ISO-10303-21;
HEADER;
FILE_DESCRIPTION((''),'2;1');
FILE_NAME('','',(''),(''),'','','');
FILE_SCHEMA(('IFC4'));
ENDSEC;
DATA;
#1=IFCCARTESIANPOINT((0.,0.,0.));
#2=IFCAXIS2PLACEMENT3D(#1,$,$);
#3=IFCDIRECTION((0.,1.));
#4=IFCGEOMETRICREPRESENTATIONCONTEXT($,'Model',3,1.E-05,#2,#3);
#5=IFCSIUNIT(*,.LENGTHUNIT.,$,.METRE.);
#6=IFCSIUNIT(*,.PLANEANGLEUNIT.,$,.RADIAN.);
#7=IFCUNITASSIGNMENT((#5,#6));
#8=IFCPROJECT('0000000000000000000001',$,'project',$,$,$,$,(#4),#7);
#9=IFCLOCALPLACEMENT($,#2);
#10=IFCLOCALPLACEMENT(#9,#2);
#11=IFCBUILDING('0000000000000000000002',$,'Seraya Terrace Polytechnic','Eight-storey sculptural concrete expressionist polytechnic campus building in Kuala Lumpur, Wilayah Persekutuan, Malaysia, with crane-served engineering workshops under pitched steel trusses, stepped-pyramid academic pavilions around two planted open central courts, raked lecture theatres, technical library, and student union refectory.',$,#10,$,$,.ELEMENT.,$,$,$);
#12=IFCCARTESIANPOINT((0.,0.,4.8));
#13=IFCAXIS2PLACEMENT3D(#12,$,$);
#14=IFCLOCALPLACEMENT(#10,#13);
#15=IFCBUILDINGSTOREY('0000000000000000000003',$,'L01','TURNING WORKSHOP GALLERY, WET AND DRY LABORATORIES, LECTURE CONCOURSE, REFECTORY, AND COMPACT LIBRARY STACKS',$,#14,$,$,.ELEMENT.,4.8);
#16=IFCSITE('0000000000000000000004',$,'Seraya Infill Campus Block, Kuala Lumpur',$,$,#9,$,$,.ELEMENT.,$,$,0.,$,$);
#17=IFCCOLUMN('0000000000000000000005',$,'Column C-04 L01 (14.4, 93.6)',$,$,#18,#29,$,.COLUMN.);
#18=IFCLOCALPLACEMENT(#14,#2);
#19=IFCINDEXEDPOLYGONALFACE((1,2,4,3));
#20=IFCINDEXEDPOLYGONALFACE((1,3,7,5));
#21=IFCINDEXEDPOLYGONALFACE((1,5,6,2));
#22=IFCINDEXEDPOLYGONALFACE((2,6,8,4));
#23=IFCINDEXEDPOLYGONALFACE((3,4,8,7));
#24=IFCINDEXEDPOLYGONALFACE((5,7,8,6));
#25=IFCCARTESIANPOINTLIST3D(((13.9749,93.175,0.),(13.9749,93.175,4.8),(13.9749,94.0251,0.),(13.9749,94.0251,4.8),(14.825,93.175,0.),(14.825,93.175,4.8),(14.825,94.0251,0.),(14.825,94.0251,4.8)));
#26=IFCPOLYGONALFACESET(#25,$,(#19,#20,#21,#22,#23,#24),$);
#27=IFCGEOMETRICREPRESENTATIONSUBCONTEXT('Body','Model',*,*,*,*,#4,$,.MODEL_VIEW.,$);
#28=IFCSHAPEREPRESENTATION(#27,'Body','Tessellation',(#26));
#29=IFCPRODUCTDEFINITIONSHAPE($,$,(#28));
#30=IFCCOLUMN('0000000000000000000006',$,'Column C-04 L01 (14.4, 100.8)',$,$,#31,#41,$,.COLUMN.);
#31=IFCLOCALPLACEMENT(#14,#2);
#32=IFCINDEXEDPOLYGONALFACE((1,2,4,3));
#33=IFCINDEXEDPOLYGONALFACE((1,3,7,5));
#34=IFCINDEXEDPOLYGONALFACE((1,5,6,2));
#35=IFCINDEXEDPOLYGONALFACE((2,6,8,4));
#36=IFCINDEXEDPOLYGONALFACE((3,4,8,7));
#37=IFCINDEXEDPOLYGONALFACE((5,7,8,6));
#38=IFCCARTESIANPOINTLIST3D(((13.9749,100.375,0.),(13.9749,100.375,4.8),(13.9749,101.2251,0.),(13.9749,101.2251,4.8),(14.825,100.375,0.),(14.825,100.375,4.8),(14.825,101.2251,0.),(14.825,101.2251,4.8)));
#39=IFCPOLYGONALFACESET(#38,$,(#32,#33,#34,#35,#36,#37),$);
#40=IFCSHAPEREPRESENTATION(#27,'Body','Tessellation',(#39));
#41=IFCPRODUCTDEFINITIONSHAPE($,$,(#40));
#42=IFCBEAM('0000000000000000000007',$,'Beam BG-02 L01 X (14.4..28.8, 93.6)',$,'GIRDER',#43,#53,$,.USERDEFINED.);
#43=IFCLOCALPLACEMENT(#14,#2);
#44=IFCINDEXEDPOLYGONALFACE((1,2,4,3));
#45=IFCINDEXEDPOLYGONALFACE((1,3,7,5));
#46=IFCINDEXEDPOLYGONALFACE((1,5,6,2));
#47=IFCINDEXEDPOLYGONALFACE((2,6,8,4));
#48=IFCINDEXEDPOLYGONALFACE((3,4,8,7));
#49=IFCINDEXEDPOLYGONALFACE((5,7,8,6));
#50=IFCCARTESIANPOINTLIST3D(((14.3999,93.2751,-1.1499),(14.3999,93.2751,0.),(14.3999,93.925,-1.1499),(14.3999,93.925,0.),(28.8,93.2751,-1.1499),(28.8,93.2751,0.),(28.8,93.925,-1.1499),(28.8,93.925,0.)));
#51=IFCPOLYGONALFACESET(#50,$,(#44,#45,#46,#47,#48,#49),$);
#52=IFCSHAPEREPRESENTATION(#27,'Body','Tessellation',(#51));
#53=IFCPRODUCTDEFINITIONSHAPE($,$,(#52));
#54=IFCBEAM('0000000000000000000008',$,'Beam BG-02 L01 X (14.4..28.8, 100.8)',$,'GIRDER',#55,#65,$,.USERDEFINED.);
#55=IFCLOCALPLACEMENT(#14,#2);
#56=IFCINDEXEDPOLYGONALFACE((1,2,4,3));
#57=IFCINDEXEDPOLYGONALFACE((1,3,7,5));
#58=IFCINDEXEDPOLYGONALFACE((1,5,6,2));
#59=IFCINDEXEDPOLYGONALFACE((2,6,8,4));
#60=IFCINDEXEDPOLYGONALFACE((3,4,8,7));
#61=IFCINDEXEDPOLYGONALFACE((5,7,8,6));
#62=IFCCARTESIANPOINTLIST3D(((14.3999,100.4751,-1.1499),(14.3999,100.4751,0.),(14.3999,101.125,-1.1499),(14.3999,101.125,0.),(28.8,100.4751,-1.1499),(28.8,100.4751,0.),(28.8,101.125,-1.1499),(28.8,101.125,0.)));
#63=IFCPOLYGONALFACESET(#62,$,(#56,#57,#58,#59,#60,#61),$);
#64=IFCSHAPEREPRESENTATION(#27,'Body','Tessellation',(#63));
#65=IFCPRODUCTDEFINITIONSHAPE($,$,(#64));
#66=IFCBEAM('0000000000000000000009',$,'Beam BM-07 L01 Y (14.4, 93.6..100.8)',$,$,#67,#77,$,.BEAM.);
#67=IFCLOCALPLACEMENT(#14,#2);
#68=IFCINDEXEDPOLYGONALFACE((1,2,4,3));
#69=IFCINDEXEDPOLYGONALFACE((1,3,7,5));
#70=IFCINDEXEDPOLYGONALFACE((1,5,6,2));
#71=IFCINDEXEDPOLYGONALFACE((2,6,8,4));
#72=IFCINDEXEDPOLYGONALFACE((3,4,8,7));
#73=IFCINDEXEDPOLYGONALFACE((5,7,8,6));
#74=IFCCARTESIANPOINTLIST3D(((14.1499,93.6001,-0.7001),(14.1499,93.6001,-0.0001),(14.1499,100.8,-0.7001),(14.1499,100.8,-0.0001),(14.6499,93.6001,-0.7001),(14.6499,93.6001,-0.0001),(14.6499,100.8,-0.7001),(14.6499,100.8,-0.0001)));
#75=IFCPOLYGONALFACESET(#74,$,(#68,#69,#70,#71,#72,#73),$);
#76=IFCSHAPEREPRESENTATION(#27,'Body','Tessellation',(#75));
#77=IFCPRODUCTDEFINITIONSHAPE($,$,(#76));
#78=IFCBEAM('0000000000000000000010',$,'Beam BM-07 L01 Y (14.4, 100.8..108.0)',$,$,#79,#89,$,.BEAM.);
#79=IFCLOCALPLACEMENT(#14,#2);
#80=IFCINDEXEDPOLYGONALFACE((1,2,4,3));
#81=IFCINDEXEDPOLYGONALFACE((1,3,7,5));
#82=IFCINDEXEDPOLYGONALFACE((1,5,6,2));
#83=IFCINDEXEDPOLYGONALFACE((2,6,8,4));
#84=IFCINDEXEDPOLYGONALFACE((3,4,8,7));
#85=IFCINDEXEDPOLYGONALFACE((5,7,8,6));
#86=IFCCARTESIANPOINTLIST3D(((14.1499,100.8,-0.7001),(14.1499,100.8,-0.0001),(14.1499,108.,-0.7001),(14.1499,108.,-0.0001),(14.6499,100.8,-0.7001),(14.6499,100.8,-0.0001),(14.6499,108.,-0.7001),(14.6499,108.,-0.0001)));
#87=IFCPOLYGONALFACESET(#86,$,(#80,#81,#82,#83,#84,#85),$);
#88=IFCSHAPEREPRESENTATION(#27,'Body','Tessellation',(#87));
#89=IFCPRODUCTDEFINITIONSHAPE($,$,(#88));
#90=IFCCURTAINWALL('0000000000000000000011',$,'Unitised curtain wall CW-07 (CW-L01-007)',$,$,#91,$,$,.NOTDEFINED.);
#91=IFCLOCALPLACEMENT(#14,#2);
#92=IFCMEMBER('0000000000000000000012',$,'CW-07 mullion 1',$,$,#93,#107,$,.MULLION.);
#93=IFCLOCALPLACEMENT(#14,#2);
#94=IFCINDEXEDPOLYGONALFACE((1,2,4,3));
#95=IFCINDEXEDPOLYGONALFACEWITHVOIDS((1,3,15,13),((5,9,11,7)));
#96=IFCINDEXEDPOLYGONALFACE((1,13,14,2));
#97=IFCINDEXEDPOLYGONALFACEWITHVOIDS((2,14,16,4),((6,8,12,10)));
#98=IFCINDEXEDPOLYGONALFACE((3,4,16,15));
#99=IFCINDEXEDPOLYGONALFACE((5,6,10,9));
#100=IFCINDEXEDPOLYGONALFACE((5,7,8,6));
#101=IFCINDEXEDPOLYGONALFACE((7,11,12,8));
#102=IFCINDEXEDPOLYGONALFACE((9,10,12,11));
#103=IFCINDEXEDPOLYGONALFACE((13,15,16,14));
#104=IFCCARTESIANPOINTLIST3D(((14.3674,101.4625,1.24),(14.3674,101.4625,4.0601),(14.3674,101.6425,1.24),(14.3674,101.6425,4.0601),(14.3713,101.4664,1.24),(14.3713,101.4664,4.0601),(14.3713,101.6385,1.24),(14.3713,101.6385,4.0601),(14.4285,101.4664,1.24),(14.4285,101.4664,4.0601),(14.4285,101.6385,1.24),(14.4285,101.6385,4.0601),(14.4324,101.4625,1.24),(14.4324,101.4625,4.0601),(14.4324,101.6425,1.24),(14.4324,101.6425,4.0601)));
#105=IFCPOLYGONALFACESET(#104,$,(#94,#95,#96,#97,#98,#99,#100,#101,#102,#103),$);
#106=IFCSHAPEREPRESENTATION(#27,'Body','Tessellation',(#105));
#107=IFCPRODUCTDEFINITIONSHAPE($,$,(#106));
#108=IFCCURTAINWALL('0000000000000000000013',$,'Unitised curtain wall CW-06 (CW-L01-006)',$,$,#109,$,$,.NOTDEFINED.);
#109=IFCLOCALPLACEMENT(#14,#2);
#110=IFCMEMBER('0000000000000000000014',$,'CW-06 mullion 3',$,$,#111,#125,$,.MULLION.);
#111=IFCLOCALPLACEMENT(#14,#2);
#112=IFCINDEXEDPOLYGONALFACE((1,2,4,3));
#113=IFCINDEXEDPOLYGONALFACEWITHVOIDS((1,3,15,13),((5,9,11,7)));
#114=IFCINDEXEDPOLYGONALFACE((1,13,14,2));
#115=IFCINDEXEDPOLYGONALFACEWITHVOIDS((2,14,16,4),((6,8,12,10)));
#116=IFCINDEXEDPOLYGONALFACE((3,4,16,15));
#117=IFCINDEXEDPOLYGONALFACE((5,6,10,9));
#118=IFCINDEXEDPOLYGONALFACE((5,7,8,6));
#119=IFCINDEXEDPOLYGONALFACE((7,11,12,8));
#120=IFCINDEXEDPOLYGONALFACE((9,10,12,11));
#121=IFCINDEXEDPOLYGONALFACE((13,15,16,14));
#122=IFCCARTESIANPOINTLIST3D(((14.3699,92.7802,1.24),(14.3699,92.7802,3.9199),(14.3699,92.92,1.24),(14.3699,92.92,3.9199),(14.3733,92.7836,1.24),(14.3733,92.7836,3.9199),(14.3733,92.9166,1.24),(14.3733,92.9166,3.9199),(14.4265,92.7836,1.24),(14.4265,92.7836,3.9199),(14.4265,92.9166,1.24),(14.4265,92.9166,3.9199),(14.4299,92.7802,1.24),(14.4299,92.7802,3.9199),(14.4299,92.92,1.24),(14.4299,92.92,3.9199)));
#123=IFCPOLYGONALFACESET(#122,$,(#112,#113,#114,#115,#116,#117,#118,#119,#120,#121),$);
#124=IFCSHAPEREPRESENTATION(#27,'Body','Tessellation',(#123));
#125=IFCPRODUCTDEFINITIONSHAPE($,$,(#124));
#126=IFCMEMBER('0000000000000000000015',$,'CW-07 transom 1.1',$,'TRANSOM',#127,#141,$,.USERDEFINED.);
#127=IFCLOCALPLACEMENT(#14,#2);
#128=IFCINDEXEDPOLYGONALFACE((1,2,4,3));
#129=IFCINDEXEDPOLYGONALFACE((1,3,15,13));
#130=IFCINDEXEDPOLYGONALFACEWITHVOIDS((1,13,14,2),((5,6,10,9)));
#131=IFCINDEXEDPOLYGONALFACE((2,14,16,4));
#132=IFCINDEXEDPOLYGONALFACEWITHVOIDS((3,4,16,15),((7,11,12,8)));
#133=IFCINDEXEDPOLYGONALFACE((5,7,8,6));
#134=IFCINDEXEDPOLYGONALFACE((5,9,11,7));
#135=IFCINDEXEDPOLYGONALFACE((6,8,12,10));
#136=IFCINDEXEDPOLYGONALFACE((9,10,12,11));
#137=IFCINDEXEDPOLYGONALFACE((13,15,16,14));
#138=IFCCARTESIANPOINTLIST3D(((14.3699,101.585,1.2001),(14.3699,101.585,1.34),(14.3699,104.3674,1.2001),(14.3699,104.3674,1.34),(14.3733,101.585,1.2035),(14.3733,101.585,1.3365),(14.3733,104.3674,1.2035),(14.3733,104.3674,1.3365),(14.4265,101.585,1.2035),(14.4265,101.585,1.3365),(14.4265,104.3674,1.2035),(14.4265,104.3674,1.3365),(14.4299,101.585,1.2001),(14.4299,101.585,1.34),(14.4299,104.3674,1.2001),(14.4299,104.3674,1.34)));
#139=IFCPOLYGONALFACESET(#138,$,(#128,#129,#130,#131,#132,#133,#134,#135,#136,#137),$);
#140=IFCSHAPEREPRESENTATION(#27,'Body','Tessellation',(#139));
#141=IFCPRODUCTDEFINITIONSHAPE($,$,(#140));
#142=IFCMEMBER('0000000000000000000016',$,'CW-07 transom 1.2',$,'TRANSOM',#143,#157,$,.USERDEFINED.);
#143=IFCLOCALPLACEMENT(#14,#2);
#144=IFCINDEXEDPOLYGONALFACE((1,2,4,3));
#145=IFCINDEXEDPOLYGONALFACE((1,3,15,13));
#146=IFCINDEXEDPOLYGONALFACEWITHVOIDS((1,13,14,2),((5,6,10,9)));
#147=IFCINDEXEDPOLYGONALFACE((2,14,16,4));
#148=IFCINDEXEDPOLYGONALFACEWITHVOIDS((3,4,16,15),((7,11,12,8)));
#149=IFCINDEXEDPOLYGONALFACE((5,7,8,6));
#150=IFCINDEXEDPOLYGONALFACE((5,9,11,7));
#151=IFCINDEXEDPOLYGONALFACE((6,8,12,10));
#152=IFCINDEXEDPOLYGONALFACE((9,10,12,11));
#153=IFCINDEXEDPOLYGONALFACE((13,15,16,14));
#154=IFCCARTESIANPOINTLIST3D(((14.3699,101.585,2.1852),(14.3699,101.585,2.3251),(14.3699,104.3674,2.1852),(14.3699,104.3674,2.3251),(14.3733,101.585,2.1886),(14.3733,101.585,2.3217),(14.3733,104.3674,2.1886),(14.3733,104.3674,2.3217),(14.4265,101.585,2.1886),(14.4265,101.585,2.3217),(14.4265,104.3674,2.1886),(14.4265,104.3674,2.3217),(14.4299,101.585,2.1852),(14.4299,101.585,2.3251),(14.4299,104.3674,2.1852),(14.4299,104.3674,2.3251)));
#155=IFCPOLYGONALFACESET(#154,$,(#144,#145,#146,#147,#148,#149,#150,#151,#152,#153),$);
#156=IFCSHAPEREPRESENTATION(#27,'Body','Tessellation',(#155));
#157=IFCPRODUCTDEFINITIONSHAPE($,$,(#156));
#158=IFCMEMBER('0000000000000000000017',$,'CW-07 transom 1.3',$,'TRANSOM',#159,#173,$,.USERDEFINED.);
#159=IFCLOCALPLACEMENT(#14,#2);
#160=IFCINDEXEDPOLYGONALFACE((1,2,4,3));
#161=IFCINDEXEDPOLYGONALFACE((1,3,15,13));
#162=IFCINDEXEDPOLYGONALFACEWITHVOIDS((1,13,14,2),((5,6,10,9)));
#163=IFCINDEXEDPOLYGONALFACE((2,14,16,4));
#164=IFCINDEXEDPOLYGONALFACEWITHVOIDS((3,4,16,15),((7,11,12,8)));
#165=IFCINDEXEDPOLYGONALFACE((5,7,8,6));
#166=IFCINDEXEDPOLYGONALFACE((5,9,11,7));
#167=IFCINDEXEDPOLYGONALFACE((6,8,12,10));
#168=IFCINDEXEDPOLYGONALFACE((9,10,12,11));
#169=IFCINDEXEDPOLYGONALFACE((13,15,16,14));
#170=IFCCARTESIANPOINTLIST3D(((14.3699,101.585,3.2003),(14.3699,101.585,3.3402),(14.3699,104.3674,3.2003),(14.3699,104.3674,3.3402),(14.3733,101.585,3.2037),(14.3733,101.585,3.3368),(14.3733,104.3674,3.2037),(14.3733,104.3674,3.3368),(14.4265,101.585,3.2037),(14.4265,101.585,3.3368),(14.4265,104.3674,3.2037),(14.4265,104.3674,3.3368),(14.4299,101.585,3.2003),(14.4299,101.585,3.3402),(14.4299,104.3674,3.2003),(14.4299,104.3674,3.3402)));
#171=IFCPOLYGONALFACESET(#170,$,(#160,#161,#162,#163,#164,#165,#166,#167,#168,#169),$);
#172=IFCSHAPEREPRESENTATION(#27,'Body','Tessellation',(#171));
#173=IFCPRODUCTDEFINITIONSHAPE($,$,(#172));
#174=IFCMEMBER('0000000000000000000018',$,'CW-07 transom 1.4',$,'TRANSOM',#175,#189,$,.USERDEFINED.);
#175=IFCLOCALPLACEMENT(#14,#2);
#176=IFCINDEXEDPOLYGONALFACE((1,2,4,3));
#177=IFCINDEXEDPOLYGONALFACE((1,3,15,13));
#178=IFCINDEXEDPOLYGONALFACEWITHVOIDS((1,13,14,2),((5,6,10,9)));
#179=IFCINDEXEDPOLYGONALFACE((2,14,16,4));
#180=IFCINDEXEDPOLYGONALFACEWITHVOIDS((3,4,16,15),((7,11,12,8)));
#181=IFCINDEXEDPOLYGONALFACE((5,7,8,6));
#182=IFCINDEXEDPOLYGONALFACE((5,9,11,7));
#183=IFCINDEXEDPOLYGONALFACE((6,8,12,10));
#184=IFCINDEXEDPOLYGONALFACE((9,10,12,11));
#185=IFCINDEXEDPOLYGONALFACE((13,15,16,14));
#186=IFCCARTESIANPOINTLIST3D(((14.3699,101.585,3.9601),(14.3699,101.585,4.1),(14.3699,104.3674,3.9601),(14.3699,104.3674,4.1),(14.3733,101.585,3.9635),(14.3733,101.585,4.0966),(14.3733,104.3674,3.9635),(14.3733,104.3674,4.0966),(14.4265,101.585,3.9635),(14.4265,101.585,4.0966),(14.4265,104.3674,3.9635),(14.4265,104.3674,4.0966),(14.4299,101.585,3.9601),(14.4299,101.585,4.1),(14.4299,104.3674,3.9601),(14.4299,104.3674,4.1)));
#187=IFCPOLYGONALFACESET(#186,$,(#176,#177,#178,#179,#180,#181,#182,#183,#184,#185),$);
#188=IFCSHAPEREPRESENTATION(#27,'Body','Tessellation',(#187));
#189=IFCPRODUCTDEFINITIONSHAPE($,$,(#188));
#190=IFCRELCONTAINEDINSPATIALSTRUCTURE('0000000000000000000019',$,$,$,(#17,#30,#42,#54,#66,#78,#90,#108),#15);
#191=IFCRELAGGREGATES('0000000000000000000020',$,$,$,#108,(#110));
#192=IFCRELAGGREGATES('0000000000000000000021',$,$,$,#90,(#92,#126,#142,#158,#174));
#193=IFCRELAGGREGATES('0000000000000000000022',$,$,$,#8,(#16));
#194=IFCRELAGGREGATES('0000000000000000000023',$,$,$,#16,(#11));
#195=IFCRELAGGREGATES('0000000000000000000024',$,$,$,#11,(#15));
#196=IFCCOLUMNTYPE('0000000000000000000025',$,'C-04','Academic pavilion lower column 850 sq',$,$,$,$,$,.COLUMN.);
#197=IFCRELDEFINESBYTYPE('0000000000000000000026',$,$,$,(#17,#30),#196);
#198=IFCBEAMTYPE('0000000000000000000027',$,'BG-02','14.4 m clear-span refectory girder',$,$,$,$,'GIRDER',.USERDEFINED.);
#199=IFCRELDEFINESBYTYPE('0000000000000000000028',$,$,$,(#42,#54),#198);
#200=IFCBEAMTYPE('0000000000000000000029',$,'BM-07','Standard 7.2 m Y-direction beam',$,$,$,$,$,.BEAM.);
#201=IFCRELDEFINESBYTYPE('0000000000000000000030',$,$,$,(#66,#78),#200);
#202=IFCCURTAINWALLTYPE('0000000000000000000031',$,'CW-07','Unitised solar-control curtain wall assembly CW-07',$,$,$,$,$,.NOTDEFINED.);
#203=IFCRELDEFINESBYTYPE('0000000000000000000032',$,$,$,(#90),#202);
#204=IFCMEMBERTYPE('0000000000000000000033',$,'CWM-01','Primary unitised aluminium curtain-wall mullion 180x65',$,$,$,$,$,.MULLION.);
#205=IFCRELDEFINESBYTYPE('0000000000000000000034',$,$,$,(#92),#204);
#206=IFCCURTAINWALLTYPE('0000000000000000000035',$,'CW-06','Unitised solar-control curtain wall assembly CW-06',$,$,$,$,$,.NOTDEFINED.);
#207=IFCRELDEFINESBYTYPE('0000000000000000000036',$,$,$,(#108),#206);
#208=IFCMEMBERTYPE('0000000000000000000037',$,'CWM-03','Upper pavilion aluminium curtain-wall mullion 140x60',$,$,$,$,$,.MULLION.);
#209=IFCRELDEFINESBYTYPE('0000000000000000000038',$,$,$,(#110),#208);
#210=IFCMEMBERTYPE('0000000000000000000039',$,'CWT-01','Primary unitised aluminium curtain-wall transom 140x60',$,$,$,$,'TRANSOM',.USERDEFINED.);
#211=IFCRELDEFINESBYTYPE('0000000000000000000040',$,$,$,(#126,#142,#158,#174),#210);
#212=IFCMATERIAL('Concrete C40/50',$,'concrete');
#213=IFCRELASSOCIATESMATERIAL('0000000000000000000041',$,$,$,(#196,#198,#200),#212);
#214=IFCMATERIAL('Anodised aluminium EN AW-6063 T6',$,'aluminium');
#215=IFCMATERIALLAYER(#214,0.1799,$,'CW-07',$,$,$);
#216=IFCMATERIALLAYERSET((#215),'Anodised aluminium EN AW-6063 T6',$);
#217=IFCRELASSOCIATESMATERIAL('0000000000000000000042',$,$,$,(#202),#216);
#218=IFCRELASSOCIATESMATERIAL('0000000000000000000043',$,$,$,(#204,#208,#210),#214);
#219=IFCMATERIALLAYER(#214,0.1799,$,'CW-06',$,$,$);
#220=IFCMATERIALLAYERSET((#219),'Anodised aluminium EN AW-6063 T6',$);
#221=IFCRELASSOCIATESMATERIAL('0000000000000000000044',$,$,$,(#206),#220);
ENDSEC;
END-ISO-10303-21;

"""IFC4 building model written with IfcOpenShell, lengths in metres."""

from ifc_helpers import new_model, si_unit, direction, frame, origin, origin_2d, place, context, subcontext, project, spatial, rectangle, hollow_rectangle, extrude, material, layer, layer_set, material_profile, profile_set, type_object, element, aggregate, save


model = new_model("IFC4")

# Units and contexts
model_context = context("Model", 3, precision=1e-05, world=origin(), true_north=direction((0.0, 1.0)))
body_context = subcontext(model_context, "Body", "Model", "MODEL_VIEW")
ifc_project = project(units=[si_unit("LENGTHUNIT", "METRE"), si_unit("PLANEANGLEUNIT", "RADIAN")], contexts=[model_context])

# Site, building, storey
site_placement = place(None, origin())
site = spatial("IfcSite", under=ifc_project, at=site_placement, Name="Seraya Infill Campus Block, Kuala Lumpur", CompositionType="ELEMENT", RefElevation=0.0)
building_placement = place(site_placement, origin())
building = spatial("IfcBuilding", under=site, at=building_placement, Name="Seraya Terrace Polytechnic", Description="Eight-storey sculptural concrete expressionist polytechnic campus building in Kuala Lumpur, Wilayah Persekutuan, Malaysia, with crane-served engineering workshops under pitched steel trusses, stepped-pyramid academic pavilions around two planted open central courts, raked lecture theatres, technical library, and student union refectory.", CompositionType="ELEMENT")
storey_placement = place(building_placement, frame((0.0, 0.0, 4.8)))
storey = spatial("IfcBuildingStorey", under=building, at=storey_placement, Name="L01", Description="TURNING WORKSHOP GALLERY, WET AND DRY LABORATORIES, LECTURE CONCOURSE, REFECTORY, AND COMPACT LIBRARY STACKS", CompositionType="ELEMENT", Elevation=4.8)

# Columns
ifc_material_1 = material(Name="Concrete C40/50", Category="concrete")
ifc_material_profile_1 = material_profile(ifc_material_1, rectangle(XDim=0.8501, YDim=0.8501, at=origin_2d()), Name="RC 850x850")
ifc_profile_set_1 = profile_set([ifc_material_profile_1], Name="Concrete C40/50")
column_type = type_object("IfcColumnType", Name="C-04", Description="Academic pavilion lower column 850 sq", PredefinedType="COLUMN", material=ifc_profile_set_1)
for number, where, z_axis, x_axis, name in (
    (1, (14.3999, 93.6001, 0.0), (0.0, 0.0, 1.0), (1.0, 0.0, 0.0), "Column C-04 L01 (14.4, 93.6)"),
    (2, (14.3999, 100.8, 0.0), (0.0, 0.0, 1.0), (1.0, 0.0, 0.0), "Column C-04 L01 (14.4, 100.8)"),
):
    element("IfcColumn", number, at=place(storey_placement, frame(where, z_axis=z_axis, x_axis=x_axis)), inside=storey, type_object=column_type, Name=name, PredefinedType="COLUMN", context=body_context, shape_type="SweptSolid", body=[
        extrude(rectangle(XDim=0.8501, YDim=0.8501, at=origin_2d()), origin(), (0.0, 0.0, 1.0), 4.8),
    ])

# Beams
ifc_material_profile_2 = material_profile(ifc_material_1, rectangle(XDim=0.6499, YDim=1.1499, at=origin_2d()), Name="RC 650x1150")
ifc_profile_set_2 = profile_set([ifc_material_profile_2], Name="Concrete C40/50")
beam_type_1 = type_object("IfcBeamType", Name="BG-02", Description="14.4 m clear-span refectory girder", ElementType="GIRDER", PredefinedType="USERDEFINED", material=ifc_profile_set_2)
for number, where, z_axis, x_axis, name in (
    (3, (14.3999, 93.6001, -0.575), (1.0, 0.0, 0.0), (0.0, 1.0, 0.0), "Beam BG-02 L01 X (14.4..28.8, 93.6)"),
    (4, (14.3999, 100.8, -0.575), (1.0, 0.0, 0.0), (0.0, 1.0, 0.0), "Beam BG-02 L01 X (14.4..28.8, 100.8)"),
):
    element("IfcBeam", number, at=place(storey_placement, frame(where, z_axis=z_axis, x_axis=x_axis)), inside=storey, type_object=beam_type_1, Name=name, ObjectType="GIRDER", PredefinedType="USERDEFINED", context=body_context, shape_type="SweptSolid", body=[
        extrude(rectangle(XDim=0.6499, YDim=1.1499, at=origin_2d()), origin(), (0.0, 0.0, 1.0), 14.4001),
    ])
ifc_material_profile_3 = material_profile(ifc_material_1, rectangle(XDim=0.5, YDim=0.7, at=origin_2d()), Name="RC 500x700")
ifc_profile_set_3 = profile_set([ifc_material_profile_3], Name="Concrete C40/50")
beam_type_2 = type_object("IfcBeamType", Name="BM-07", Description="Standard 7.2 m Y-direction beam", PredefinedType="BEAM", material=ifc_profile_set_3)
for number, where, z_axis, x_axis, name in (
    (5, (14.3999, 93.6001, -0.3501), (0.0, 1.0, 0.0), (-1.0, 0.0, 0.0), "Beam BM-07 L01 Y (14.4, 93.6..100.8)"),
    (6, (14.3999, 100.8, -0.3501), (0.0, 1.0, 0.0), (-1.0, 0.0, 0.0), "Beam BM-07 L01 Y (14.4, 100.8..108.0)"),
):
    element("IfcBeam", number, at=place(storey_placement, frame(where, z_axis=z_axis, x_axis=x_axis)), inside=storey, type_object=beam_type_2, Name=name, PredefinedType="BEAM", context=body_context, shape_type="SweptSolid", body=[
        extrude(rectangle(XDim=0.5, YDim=0.7, at=origin_2d()), origin(), (0.0, 0.0, 1.0), 7.2),
    ])

# Curtain walls, members
ifc_material_2 = material(Name="Anodised aluminium EN AW-6063 T6", Category="aluminium")
ifc_layer_1 = layer(ifc_material_2, 0.1799, Name="CW-07")
ifc_layer_set_1 = layer_set([ifc_layer_1], Name="Anodised aluminium EN AW-6063 T6")
curtain_wall_type_1 = type_object("IfcCurtainWallType", Name="CW-07", Description="Unitised solar-control curtain wall assembly CW-07", PredefinedType="NOTDEFINED", material=ifc_layer_set_1)
curtain_wall_1_placement = place(storey_placement, origin())
curtain_wall_1 = element("IfcCurtainWall", 7, at=curtain_wall_1_placement, inside=storey, type_object=curtain_wall_type_1, Name="Unitised curtain wall CW-07 (CW-L01-007)", PredefinedType="NOTDEFINED")
ifc_material_profile_4 = material_profile(ifc_material_2, hollow_rectangle(XDim=0.0649, YDim=0.1799, WallThickness=0.0039, at=origin_2d()), Name="RHS 180x65x4.0")
ifc_profile_set_4 = profile_set([ifc_material_profile_4], Name="Anodised aluminium EN AW-6063 T6")
member_type_1 = type_object("IfcMemberType", Name="CWM-01", Description="Primary unitised aluminium curtain-wall mullion 180x65", PredefinedType="MULLION", material=ifc_profile_set_4)
member_1_placement = place(storey_placement, frame((14.3999, 101.5525, 1.24), z_axis=(0.0, 0.0, 1.0), x_axis=(-1.0, 0.0, 0.0)))
member_1 = element("IfcMember", 8, at=member_1_placement, type_object=member_type_1, Name="CW-07 mullion 1", PredefinedType="MULLION", context=body_context, shape_type="SweptSolid", body=[
    extrude(hollow_rectangle(XDim=0.0649, YDim=0.1799, WallThickness=0.0039, at=origin_2d()), origin(), (0.0, 0.0, 1.0), 2.8201),
])
ifc_layer_2 = layer(ifc_material_2, 0.1799, Name="CW-06")
ifc_layer_set_2 = layer_set([ifc_layer_2], Name="Anodised aluminium EN AW-6063 T6")
curtain_wall_type_2 = type_object("IfcCurtainWallType", Name="CW-06", Description="Unitised solar-control curtain wall assembly CW-06", PredefinedType="NOTDEFINED", material=ifc_layer_set_2)
curtain_wall_2_placement = place(storey_placement, origin())
curtain_wall_2 = element("IfcCurtainWall", 9, at=curtain_wall_2_placement, inside=storey, type_object=curtain_wall_type_2, Name="Unitised curtain wall CW-06 (CW-L01-006)", PredefinedType="NOTDEFINED")
ifc_material_profile_5 = material_profile(ifc_material_2, hollow_rectangle(XDim=0.0601, YDim=0.1399, WallThickness=0.0034, at=origin_2d()), Name="RHS 140x60x3.5")
ifc_profile_set_5 = profile_set([ifc_material_profile_5], Name="Anodised aluminium EN AW-6063 T6")
member_type_2 = type_object("IfcMemberType", Name="CWM-03", Description="Upper pavilion aluminium curtain-wall mullion 140x60", PredefinedType="MULLION", material=ifc_profile_set_5)
member_2_placement = place(storey_placement, frame((14.3999, 92.8501, 1.24), z_axis=(0.0, 0.0, 1.0), x_axis=(-1.0, 0.0, 0.0)))
member_2 = element("IfcMember", 10, at=member_2_placement, type_object=member_type_2, Name="CW-06 mullion 3", PredefinedType="MULLION", context=body_context, shape_type="SweptSolid", body=[
    extrude(hollow_rectangle(XDim=0.0601, YDim=0.1399, WallThickness=0.0034, at=origin_2d()), origin(), (0.0, 0.0, 1.0), 2.6799),
])
aggregate(curtain_wall_2, [member_2])

# Members
ifc_material_profile_6 = material_profile(ifc_material_2, hollow_rectangle(XDim=0.0601, YDim=0.1399, WallThickness=0.0034, at=origin_2d()), Name="RHS 140x60x3.5")
ifc_profile_set_6 = profile_set([ifc_material_profile_6], Name="Anodised aluminium EN AW-6063 T6")
member_type_3 = type_object("IfcMemberType", Name="CWT-01", Description="Primary unitised aluminium curtain-wall transom 140x60", ElementType="TRANSOM", PredefinedType="USERDEFINED", material=ifc_profile_set_6)
member_3_placement = place(storey_placement, frame((14.3999, 101.585, 1.27), z_axis=(0.0, 1.0, 0.0), x_axis=(-1.0, 0.0, 0.0)))
member_3 = element("IfcMember", 11, at=member_3_placement, type_object=member_type_3, Name="CW-07 transom 1.1", ObjectType="TRANSOM", PredefinedType="USERDEFINED", context=body_context, shape_type="SweptSolid", body=[
    extrude(hollow_rectangle(XDim=0.0601, YDim=0.1399, WallThickness=0.0034, at=origin_2d()), origin(), (0.0, 0.0, 1.0), 2.7825),
])
member_4_placement = place(storey_placement, frame((14.3999, 101.585, 2.2551), z_axis=(0.0, 1.0, 0.0), x_axis=(-1.0, 0.0, 0.0)))
member_4 = element("IfcMember", 12, at=member_4_placement, type_object=member_type_3, Name="CW-07 transom 1.2", ObjectType="TRANSOM", PredefinedType="USERDEFINED", context=body_context, shape_type="SweptSolid", body=[
    extrude(hollow_rectangle(XDim=0.0601, YDim=0.1399, WallThickness=0.0034, at=origin_2d()), origin(), (0.0, 0.0, 1.0), 2.7825),
])
member_5_placement = place(storey_placement, frame((14.3999, 101.585, 3.2703), z_axis=(0.0, 1.0, 0.0), x_axis=(-1.0, 0.0, 0.0)))
member_5 = element("IfcMember", 13, at=member_5_placement, type_object=member_type_3, Name="CW-07 transom 1.3", ObjectType="TRANSOM", PredefinedType="USERDEFINED", context=body_context, shape_type="SweptSolid", body=[
    extrude(hollow_rectangle(XDim=0.0601, YDim=0.1399, WallThickness=0.0034, at=origin_2d()), origin(), (0.0, 0.0, 1.0), 2.7825),
])
member_6_placement = place(storey_placement, frame((14.3999, 101.585, 4.03), z_axis=(0.0, 1.0, 0.0), x_axis=(-1.0, 0.0, 0.0)))
member_6 = element("IfcMember", 14, at=member_6_placement, type_object=member_type_3, Name="CW-07 transom 1.4", ObjectType="TRANSOM", PredefinedType="USERDEFINED", context=body_context, shape_type="SweptSolid", body=[
    extrude(hollow_rectangle(XDim=0.0601, YDim=0.1399, WallThickness=0.0034, at=origin_2d()), origin(), (0.0, 0.0, 1.0), 2.7825),
])

aggregate(curtain_wall_1, [member_1, member_3, member_4, member_5, member_6])

save(model, "model.ifc")
